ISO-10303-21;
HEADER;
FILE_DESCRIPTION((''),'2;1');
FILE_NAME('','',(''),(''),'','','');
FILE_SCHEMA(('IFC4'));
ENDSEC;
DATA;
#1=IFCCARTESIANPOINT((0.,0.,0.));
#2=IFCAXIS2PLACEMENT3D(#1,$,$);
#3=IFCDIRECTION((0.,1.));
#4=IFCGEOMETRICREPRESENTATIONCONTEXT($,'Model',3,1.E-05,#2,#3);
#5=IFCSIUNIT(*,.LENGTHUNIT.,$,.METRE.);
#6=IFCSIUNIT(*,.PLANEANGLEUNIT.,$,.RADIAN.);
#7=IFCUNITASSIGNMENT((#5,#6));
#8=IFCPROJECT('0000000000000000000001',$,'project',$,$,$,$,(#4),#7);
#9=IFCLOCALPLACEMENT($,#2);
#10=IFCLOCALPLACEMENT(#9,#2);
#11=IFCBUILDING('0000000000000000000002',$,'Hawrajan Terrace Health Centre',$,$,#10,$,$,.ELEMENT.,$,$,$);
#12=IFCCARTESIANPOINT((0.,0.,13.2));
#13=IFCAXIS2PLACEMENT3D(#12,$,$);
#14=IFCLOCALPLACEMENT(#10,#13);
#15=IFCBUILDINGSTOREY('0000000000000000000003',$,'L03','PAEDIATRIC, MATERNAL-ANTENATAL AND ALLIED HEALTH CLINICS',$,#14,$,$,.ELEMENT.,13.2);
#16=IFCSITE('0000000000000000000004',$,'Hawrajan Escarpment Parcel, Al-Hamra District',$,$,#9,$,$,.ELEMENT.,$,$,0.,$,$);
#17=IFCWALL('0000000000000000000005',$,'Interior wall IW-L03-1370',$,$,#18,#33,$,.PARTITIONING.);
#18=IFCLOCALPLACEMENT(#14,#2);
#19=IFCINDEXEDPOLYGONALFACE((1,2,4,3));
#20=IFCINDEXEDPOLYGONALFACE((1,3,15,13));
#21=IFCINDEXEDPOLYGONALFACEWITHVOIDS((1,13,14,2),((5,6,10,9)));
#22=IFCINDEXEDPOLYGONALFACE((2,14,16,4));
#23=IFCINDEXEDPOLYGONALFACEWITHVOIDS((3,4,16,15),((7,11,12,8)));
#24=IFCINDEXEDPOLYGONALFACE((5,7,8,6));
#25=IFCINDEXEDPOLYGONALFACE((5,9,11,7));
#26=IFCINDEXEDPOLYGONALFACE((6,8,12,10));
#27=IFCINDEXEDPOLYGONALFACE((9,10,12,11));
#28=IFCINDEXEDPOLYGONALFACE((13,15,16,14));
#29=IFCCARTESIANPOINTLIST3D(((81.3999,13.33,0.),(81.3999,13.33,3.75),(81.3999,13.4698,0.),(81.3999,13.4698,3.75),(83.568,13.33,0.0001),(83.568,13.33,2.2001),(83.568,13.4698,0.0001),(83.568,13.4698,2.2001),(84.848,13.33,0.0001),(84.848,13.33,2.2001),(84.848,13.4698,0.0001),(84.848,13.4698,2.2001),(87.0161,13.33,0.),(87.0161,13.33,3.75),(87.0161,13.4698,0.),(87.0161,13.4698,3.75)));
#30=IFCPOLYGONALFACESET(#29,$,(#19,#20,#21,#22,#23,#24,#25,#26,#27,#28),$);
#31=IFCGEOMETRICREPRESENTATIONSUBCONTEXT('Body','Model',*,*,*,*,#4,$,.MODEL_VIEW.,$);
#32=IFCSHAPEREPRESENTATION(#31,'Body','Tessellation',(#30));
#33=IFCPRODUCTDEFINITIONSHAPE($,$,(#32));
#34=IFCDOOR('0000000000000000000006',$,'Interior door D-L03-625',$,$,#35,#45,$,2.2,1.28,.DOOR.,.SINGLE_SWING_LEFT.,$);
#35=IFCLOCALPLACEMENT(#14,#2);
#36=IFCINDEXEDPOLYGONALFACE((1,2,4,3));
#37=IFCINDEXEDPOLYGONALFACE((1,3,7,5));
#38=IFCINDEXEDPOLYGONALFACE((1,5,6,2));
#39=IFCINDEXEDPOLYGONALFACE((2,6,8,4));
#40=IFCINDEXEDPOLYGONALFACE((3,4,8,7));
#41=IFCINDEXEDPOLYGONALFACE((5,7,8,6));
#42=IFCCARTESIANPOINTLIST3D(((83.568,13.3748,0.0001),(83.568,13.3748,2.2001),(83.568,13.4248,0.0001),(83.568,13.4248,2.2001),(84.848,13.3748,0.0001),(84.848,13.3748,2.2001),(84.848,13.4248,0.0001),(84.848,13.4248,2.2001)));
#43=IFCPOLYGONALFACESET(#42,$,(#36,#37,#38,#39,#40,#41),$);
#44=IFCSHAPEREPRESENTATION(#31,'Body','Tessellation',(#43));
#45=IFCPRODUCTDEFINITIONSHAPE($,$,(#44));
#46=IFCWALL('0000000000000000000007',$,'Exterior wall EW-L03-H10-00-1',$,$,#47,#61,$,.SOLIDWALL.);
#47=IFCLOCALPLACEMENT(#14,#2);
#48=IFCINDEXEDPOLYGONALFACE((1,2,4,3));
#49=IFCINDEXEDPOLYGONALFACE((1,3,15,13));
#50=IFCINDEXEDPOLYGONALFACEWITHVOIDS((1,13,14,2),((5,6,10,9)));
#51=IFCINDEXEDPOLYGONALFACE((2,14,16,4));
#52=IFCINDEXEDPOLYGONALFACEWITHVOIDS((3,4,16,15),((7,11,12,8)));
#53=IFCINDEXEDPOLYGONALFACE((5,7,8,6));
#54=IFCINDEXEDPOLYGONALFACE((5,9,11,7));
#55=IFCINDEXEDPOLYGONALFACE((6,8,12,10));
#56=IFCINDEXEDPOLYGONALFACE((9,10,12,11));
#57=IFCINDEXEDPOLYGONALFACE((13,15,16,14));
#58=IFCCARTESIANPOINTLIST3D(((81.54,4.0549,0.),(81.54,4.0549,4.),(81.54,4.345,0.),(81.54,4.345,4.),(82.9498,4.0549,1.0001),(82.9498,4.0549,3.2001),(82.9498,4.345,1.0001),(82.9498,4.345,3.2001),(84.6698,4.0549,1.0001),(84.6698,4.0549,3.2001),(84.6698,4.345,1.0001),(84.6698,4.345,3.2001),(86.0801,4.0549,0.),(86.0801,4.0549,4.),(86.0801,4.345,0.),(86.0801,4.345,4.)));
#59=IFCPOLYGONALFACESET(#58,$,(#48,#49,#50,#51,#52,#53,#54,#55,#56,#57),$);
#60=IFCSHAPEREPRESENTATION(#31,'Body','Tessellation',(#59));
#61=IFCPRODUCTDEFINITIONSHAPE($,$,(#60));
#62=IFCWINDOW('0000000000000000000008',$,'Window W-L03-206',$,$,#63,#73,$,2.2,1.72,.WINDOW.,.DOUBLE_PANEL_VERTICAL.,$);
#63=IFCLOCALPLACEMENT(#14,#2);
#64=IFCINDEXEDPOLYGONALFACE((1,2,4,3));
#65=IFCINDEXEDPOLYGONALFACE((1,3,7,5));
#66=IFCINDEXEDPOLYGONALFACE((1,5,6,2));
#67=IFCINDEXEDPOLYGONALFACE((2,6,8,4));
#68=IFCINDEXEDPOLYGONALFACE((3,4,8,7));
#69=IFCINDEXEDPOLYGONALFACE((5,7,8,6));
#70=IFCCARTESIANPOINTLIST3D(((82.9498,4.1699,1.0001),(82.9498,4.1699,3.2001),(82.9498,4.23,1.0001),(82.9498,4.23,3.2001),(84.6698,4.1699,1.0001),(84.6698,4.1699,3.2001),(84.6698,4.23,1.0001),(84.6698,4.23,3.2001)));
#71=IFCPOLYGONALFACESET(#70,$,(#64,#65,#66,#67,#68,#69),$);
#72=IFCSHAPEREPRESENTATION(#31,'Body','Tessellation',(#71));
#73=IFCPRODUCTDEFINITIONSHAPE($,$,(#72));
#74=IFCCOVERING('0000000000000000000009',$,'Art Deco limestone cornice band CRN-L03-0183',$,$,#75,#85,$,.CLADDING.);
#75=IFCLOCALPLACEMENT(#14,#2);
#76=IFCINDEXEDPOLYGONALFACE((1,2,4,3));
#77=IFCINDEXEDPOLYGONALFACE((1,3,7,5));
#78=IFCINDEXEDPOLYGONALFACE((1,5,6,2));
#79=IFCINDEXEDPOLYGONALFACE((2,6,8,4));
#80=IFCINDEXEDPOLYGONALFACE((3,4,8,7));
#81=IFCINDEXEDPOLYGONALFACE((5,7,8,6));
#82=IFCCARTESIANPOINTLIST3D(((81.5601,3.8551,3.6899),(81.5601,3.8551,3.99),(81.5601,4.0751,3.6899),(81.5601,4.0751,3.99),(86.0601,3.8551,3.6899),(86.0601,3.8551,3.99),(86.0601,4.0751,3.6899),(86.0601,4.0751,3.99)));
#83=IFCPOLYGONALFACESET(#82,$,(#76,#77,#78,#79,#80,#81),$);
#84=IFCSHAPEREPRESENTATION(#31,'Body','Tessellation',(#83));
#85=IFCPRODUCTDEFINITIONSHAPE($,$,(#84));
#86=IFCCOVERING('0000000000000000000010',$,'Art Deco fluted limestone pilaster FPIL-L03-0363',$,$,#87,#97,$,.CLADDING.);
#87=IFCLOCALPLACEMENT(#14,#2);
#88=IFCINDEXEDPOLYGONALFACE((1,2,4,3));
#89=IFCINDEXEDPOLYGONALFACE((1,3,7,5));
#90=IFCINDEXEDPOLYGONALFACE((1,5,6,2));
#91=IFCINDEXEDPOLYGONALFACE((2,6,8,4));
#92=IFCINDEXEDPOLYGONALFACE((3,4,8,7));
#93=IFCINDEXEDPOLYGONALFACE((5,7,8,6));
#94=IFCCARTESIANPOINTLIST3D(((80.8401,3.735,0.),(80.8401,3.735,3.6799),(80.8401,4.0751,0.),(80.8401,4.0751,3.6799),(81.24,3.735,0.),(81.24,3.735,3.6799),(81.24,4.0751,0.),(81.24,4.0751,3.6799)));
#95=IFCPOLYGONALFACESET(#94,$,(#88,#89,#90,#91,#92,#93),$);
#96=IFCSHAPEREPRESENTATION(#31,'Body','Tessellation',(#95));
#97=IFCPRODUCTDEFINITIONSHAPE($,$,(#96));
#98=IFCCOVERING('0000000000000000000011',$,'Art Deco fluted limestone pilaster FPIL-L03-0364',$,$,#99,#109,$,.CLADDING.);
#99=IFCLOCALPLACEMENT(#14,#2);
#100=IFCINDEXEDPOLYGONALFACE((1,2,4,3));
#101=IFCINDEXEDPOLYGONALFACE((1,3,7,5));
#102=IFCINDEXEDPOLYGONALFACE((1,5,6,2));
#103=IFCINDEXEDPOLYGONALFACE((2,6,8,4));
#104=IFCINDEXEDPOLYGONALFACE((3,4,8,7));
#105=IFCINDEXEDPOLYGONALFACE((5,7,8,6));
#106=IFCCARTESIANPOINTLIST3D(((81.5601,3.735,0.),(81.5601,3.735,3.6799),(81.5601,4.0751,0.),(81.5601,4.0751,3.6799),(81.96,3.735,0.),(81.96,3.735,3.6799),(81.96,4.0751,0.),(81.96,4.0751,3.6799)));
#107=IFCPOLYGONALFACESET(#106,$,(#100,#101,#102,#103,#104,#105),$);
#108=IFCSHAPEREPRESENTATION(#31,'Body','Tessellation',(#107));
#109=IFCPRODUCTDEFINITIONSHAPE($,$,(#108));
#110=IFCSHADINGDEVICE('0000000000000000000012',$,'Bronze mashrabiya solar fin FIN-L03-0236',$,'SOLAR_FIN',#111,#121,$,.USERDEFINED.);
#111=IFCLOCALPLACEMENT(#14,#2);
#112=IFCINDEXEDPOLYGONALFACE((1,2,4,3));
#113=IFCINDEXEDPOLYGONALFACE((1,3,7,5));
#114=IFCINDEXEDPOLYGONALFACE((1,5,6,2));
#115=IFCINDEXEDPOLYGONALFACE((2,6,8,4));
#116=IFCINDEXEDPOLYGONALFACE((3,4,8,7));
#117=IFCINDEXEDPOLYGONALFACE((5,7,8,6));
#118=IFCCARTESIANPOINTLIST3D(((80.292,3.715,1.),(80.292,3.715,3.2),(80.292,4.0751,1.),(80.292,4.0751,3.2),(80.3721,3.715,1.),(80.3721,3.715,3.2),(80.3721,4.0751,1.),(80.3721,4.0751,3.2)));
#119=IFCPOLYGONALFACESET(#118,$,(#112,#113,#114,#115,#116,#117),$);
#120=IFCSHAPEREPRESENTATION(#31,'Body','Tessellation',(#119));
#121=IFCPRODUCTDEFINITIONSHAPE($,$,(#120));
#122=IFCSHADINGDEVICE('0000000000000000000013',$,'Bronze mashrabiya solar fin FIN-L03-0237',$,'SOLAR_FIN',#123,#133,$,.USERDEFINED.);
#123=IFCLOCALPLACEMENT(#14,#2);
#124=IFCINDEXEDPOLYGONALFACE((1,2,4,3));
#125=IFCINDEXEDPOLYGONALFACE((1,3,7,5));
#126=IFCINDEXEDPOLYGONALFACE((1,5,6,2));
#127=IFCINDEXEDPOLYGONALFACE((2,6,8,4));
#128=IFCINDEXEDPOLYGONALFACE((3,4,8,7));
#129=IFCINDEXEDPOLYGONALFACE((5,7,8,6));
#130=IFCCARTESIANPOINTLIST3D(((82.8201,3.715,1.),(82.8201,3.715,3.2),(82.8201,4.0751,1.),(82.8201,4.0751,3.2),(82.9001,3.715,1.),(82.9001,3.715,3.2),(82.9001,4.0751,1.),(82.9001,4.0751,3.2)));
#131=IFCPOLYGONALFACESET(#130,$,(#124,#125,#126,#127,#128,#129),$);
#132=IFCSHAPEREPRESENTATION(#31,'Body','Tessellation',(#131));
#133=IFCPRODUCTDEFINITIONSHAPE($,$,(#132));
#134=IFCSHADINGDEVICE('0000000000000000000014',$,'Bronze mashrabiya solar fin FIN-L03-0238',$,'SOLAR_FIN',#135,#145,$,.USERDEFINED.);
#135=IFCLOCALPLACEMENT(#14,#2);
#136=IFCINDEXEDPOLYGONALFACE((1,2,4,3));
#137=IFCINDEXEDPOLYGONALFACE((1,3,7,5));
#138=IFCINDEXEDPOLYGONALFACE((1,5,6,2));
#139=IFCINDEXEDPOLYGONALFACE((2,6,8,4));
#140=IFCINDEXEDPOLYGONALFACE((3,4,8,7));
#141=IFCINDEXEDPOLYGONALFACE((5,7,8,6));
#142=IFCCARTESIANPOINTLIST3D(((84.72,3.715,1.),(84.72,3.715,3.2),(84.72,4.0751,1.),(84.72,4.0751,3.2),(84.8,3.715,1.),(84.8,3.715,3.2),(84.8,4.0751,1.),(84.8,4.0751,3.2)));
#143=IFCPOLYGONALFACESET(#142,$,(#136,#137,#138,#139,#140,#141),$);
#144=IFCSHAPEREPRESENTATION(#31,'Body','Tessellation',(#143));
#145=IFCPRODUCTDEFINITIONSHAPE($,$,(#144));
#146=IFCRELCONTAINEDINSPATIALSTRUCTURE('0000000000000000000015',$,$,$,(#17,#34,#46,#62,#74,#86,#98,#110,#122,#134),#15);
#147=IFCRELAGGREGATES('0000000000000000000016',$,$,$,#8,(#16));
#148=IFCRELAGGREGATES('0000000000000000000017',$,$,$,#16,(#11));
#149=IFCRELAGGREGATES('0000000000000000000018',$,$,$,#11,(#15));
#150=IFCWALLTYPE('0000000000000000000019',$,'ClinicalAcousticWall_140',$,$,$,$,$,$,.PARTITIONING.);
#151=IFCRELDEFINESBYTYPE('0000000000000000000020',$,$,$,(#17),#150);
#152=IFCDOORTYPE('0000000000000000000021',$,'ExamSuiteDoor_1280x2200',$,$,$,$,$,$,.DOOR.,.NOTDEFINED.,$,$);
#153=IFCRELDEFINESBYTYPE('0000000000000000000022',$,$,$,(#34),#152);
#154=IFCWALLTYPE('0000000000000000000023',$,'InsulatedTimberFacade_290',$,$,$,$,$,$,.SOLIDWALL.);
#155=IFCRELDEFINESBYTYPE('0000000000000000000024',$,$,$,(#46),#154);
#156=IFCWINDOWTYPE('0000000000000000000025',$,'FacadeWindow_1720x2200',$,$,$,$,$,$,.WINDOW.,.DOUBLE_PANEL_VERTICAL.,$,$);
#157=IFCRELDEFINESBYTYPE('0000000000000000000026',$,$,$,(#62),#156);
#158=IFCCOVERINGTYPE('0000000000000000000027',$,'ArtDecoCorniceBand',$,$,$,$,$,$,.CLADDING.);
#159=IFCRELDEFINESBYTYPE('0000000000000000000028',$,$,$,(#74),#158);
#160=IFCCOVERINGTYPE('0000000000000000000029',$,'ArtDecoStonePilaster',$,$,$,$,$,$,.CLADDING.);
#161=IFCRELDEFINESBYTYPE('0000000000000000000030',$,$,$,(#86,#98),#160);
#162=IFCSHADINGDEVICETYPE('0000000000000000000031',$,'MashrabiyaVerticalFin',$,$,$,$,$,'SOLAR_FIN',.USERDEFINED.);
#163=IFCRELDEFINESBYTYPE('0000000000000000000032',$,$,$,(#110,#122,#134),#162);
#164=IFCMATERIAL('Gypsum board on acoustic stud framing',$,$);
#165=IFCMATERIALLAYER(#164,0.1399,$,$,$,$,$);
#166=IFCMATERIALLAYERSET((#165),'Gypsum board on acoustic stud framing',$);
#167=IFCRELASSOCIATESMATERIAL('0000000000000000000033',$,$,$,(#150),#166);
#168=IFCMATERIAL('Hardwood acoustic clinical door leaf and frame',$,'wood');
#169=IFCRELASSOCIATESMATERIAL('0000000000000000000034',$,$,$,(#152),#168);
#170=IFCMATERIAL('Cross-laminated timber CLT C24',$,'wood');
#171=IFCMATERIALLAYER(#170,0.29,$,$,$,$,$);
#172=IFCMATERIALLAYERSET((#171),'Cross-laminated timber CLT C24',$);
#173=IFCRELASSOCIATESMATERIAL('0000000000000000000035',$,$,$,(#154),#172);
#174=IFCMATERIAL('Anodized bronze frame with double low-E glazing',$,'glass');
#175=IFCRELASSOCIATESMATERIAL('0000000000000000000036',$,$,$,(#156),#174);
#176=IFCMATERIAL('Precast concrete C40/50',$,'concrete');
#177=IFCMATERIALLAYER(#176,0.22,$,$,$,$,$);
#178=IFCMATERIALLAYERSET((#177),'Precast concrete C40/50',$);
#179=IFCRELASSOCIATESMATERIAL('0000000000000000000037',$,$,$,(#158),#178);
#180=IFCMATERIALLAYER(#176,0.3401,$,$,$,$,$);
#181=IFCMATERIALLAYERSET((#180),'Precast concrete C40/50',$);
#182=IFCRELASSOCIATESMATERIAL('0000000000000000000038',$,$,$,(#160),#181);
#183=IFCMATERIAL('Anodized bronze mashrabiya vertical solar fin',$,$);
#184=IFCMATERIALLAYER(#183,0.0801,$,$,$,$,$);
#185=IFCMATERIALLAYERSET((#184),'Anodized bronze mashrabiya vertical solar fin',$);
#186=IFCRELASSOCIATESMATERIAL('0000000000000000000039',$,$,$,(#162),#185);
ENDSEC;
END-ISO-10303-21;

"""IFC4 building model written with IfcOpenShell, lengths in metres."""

from ifc_helpers import new_model, si_unit, direction, frame, frame_2d, origin, origin_2d, place, context, subcontext, project, spatial, rectangle, extrude, material, layer, layer_set, type_object, element, fill, save


model = new_model("IFC4")

# Units and contexts
model_context = context("Model", 3, precision=1e-05, world=origin(), true_north=direction((0.0, 1.0)))
body_context = subcontext(model_context, "Body", "Model", "MODEL_VIEW")
ifc_project = project(units=[si_unit("LENGTHUNIT", "METRE"), si_unit("PLANEANGLEUNIT", "RADIAN")], contexts=[model_context])

# Site, building, storey
site_placement = place(None, origin())
site = spatial("IfcSite", under=ifc_project, at=site_placement, Name="Hawrajan Escarpment Parcel, Al-Hamra District", CompositionType="ELEMENT", RefElevation=0.0)
building_placement = place(site_placement, origin())
building = spatial("IfcBuilding", under=site, at=building_placement, Name="Hawrajan Terrace Health Centre", CompositionType="ELEMENT")
storey_placement = place(building_placement, frame((0.0, 0.0, 13.2)))
storey = spatial("IfcBuildingStorey", under=building, at=storey_placement, Name="L03", Description="PAEDIATRIC, MATERNAL-ANTENATAL AND ALLIED HEALTH CLINICS", CompositionType="ELEMENT", Elevation=13.2)

# Shared definitions
ifc_material_1 = material(Name="Gypsum board on acoustic stud framing")
ifc_layer_1 = layer(ifc_material_1, 0.1399)
ifc_layer_set_1 = layer_set([ifc_layer_1], Name="Gypsum board on acoustic stud framing")
wall_type_1 = type_object("IfcWallType", Name="ClinicalAcousticWall_140", PredefinedType="PARTITIONING", material=ifc_layer_set_1)

# Wall, opening, door
ifc_material_2 = material(Name="Hardwood acoustic clinical door leaf and frame", Category="wood")
wall_1_placement = place(storey_placement, frame((81.3999, 13.3999, 0.0), z_axis=(0.0, 0.0, 1.0), x_axis=(1.0, 0.0, 0.0)))
wall_1 = element("IfcWall", 1, at=wall_1_placement, inside=storey, type_object=wall_type_1, Name="Interior wall IW-L03-1370", PredefinedType="PARTITIONING", context=body_context, shape_type="SweptSolid", body=[
    extrude(rectangle(XDim=5.6162, YDim=0.1399, at=frame_2d((2.8081, 0.0))), origin(), (0.0, 0.0, 1.0), 3.75),
])
opening_1_placement = place(wall_1_placement, frame((2.168, 0.0, 0.0)))
opening_1 = element("IfcOpeningElement", 2, at=opening_1_placement, cuts=wall_1, PredefinedType="OPENING", context=body_context, shape_type="SweptSolid", body=[
    extrude(rectangle(XDim=1.28, YDim=2.2, at=frame_2d((0.6401, 1.1001))), frame((0.0, 0.0798, 0.0), z_axis=(0.0, -1.0, 0.0), x_axis=(1.0, 0.0, 0.0)), (0.0, 0.0, 1.0), 0.1599),
])
door_type_1 = type_object("IfcDoorType", Name="ExamSuiteDoor_1280x2200", OperationType="NOTDEFINED", PredefinedType="DOOR", material=ifc_material_2)
door_1_placement = place(opening_1_placement, origin())
door_1 = element("IfcDoor", 3, at=door_1_placement, inside=storey, type_object=door_type_1, Name="Interior door D-L03-625", OperationType="SINGLE_SWING_LEFT", OverallHeight=2.2, OverallWidth=1.28, PredefinedType="DOOR", context=body_context, shape_type="SweptSolid", body=[
    extrude(rectangle(XDim=1.28, YDim=2.2, at=frame_2d((0.6401, 1.1001))), frame((0.0, 0.0249, 0.0), z_axis=(0.0, -1.0, 0.0), x_axis=(1.0, 0.0, 0.0)), (0.0, 0.0, 1.0), 0.05),
])
fill(opening_1, door_1)

# Wall, opening, window
ifc_material_3 = material(Name="Cross-laminated timber CLT C24", Category="wood")
ifc_layer_2 = layer(ifc_material_3, 0.29)
ifc_layer_set_2 = layer_set([ifc_layer_2], Name="Cross-laminated timber CLT C24")
wall_type_2 = type_object("IfcWallType", Name="InsulatedTimberFacade_290", PredefinedType="SOLIDWALL", material=ifc_layer_set_2)
wall_2_placement = place(storey_placement, frame((81.54, 4.2, 0.0), z_axis=(0.0, 0.0, 1.0), x_axis=(1.0, 0.0, 0.0)))
wall_2 = element("IfcWall", 4, at=wall_2_placement, inside=storey, type_object=wall_type_2, Name="Exterior wall EW-L03-H10-00-1", PredefinedType="SOLIDWALL", context=body_context, shape_type="SweptSolid", body=[
    extrude(rectangle(XDim=4.54, YDim=0.29, at=frame_2d((2.27, 0.0))), origin(), (0.0, 0.0, 1.0), 4.0),
])
opening_2_placement = place(wall_2_placement, frame((1.4099, 0.0, 1.0)))
opening_2 = element("IfcOpeningElement", 5, at=opening_2_placement, cuts=wall_2, PredefinedType="OPENING", context=body_context, shape_type="SweptSolid", body=[
    extrude(rectangle(XDim=1.72, YDim=2.2, at=frame_2d((0.8599, 1.1001))), frame((0.0, 0.155, 0.0), z_axis=(0.0, -1.0, 0.0), x_axis=(1.0, 0.0, 0.0)), (0.0, 0.0, 1.0), 0.3101),
])
ifc_material_4 = material(Name="Anodized bronze frame with double low-E glazing", Category="glass")
window_type = type_object("IfcWindowType", Name="FacadeWindow_1720x2200", PartitioningType="DOUBLE_PANEL_VERTICAL", PredefinedType="WINDOW", material=ifc_material_4)
window_placement = place(opening_2_placement, origin())
window = element("IfcWindow", 6, at=window_placement, inside=storey, type_object=window_type, Name="Window W-L03-206", OverallHeight=2.2, OverallWidth=1.72, PartitioningType="DOUBLE_PANEL_VERTICAL", PredefinedType="WINDOW", context=body_context, shape_type="SweptSolid", body=[
    extrude(rectangle(XDim=1.72, YDim=2.2, at=frame_2d((0.8599, 1.1001))), frame((0.0, 0.03, 0.0), z_axis=(0.0, -1.0, 0.0), x_axis=(1.0, 0.0, 0.0)), (0.0, 0.0, 1.0), 0.0601),
])
fill(opening_2, window)

# Coverings
ifc_material_5 = material(Name="Precast concrete C40/50", Category="concrete")
ifc_layer_3 = layer(ifc_material_5, 0.22)
ifc_layer_set_3 = layer_set([ifc_layer_3], Name="Precast concrete C40/50")
covering_type_1 = type_object("IfcCoveringType", Name="ArtDecoCorniceBand", PredefinedType="CLADDING", material=ifc_layer_set_3)
covering_placement = place(storey_placement, frame((83.8101, 3.9651, 3.6899), z_axis=(0.0, 0.0, 1.0), x_axis=(1.0, 0.0, 0.0)))
element("IfcCovering", 7, at=covering_placement, inside=storey, type_object=covering_type_1, Name="Art Deco limestone cornice band CRN-L03-0183", PredefinedType="CLADDING", context=body_context, shape_type="SweptSolid", body=[
    extrude(rectangle(XDim=4.5, YDim=0.22, at=origin_2d()), origin(), (0.0, 0.0, 1.0), 0.3),
])
ifc_layer_4 = layer(ifc_material_5, 0.3401)
ifc_layer_set_4 = layer_set([ifc_layer_4], Name="Precast concrete C40/50")
covering_type_2 = type_object("IfcCoveringType", Name="ArtDecoStonePilaster", PredefinedType="CLADDING", material=ifc_layer_set_4)
for number, where, z_axis, x_axis, name in (
    (8, (81.04, 3.905, 0.0), (0.0, 0.0, 1.0), (1.0, 0.0, 0.0), "Art Deco fluted limestone pilaster FPIL-L03-0363"),
    (9, (81.76, 3.905, 0.0), (0.0, 0.0, 1.0), (1.0, 0.0, 0.0), "Art Deco fluted limestone pilaster FPIL-L03-0364"),
):
    element("IfcCovering", number, at=place(storey_placement, frame(where, z_axis=z_axis, x_axis=x_axis)), inside=storey, type_object=covering_type_2, Name=name, PredefinedType="CLADDING", context=body_context, shape_type="SweptSolid", body=[
        extrude(rectangle(XDim=0.3999, YDim=0.3401, at=origin_2d()), origin(), (0.0, 0.0, 1.0), 3.6799),
    ])

# Shading devices
ifc_material_6 = material(Name="Anodized bronze mashrabiya vertical solar fin")
ifc_layer_5 = layer(ifc_material_6, 0.0801)
ifc_layer_set_5 = layer_set([ifc_layer_5], Name="Anodized bronze mashrabiya vertical solar fin")
shading_device_type = type_object("IfcShadingDeviceType", Name="MashrabiyaVerticalFin", ElementType="SOLAR_FIN", PredefinedType="USERDEFINED", material=ifc_layer_set_5)
for number, where, z_axis, x_axis, name in (
    (10, (80.332, 3.895, 1.0), (0.0, 0.0, 1.0), (1.0, 0.0, 0.0), "Bronze mashrabiya solar fin FIN-L03-0236"),
    (11, (82.8601, 3.895, 1.0), (0.0, 0.0, 1.0), (1.0, 0.0, 0.0), "Bronze mashrabiya solar fin FIN-L03-0237"),
    (12, (84.76, 3.895, 1.0), (0.0, 0.0, 1.0), (1.0, 0.0, 0.0), "Bronze mashrabiya solar fin FIN-L03-0238"),
):
    element("IfcShadingDevice", number, at=place(storey_placement, frame(where, z_axis=z_axis, x_axis=x_axis)), inside=storey, type_object=shading_device_type, Name=name, ObjectType="SOLAR_FIN", PredefinedType="USERDEFINED", context=body_context, shape_type="SweptSolid", body=[
        extrude(rectangle(XDim=0.0801, YDim=0.3601, at=origin_2d()), origin(), (0.0, 0.0, 1.0), 2.2),
    ])

save(model, "model.ifc")
